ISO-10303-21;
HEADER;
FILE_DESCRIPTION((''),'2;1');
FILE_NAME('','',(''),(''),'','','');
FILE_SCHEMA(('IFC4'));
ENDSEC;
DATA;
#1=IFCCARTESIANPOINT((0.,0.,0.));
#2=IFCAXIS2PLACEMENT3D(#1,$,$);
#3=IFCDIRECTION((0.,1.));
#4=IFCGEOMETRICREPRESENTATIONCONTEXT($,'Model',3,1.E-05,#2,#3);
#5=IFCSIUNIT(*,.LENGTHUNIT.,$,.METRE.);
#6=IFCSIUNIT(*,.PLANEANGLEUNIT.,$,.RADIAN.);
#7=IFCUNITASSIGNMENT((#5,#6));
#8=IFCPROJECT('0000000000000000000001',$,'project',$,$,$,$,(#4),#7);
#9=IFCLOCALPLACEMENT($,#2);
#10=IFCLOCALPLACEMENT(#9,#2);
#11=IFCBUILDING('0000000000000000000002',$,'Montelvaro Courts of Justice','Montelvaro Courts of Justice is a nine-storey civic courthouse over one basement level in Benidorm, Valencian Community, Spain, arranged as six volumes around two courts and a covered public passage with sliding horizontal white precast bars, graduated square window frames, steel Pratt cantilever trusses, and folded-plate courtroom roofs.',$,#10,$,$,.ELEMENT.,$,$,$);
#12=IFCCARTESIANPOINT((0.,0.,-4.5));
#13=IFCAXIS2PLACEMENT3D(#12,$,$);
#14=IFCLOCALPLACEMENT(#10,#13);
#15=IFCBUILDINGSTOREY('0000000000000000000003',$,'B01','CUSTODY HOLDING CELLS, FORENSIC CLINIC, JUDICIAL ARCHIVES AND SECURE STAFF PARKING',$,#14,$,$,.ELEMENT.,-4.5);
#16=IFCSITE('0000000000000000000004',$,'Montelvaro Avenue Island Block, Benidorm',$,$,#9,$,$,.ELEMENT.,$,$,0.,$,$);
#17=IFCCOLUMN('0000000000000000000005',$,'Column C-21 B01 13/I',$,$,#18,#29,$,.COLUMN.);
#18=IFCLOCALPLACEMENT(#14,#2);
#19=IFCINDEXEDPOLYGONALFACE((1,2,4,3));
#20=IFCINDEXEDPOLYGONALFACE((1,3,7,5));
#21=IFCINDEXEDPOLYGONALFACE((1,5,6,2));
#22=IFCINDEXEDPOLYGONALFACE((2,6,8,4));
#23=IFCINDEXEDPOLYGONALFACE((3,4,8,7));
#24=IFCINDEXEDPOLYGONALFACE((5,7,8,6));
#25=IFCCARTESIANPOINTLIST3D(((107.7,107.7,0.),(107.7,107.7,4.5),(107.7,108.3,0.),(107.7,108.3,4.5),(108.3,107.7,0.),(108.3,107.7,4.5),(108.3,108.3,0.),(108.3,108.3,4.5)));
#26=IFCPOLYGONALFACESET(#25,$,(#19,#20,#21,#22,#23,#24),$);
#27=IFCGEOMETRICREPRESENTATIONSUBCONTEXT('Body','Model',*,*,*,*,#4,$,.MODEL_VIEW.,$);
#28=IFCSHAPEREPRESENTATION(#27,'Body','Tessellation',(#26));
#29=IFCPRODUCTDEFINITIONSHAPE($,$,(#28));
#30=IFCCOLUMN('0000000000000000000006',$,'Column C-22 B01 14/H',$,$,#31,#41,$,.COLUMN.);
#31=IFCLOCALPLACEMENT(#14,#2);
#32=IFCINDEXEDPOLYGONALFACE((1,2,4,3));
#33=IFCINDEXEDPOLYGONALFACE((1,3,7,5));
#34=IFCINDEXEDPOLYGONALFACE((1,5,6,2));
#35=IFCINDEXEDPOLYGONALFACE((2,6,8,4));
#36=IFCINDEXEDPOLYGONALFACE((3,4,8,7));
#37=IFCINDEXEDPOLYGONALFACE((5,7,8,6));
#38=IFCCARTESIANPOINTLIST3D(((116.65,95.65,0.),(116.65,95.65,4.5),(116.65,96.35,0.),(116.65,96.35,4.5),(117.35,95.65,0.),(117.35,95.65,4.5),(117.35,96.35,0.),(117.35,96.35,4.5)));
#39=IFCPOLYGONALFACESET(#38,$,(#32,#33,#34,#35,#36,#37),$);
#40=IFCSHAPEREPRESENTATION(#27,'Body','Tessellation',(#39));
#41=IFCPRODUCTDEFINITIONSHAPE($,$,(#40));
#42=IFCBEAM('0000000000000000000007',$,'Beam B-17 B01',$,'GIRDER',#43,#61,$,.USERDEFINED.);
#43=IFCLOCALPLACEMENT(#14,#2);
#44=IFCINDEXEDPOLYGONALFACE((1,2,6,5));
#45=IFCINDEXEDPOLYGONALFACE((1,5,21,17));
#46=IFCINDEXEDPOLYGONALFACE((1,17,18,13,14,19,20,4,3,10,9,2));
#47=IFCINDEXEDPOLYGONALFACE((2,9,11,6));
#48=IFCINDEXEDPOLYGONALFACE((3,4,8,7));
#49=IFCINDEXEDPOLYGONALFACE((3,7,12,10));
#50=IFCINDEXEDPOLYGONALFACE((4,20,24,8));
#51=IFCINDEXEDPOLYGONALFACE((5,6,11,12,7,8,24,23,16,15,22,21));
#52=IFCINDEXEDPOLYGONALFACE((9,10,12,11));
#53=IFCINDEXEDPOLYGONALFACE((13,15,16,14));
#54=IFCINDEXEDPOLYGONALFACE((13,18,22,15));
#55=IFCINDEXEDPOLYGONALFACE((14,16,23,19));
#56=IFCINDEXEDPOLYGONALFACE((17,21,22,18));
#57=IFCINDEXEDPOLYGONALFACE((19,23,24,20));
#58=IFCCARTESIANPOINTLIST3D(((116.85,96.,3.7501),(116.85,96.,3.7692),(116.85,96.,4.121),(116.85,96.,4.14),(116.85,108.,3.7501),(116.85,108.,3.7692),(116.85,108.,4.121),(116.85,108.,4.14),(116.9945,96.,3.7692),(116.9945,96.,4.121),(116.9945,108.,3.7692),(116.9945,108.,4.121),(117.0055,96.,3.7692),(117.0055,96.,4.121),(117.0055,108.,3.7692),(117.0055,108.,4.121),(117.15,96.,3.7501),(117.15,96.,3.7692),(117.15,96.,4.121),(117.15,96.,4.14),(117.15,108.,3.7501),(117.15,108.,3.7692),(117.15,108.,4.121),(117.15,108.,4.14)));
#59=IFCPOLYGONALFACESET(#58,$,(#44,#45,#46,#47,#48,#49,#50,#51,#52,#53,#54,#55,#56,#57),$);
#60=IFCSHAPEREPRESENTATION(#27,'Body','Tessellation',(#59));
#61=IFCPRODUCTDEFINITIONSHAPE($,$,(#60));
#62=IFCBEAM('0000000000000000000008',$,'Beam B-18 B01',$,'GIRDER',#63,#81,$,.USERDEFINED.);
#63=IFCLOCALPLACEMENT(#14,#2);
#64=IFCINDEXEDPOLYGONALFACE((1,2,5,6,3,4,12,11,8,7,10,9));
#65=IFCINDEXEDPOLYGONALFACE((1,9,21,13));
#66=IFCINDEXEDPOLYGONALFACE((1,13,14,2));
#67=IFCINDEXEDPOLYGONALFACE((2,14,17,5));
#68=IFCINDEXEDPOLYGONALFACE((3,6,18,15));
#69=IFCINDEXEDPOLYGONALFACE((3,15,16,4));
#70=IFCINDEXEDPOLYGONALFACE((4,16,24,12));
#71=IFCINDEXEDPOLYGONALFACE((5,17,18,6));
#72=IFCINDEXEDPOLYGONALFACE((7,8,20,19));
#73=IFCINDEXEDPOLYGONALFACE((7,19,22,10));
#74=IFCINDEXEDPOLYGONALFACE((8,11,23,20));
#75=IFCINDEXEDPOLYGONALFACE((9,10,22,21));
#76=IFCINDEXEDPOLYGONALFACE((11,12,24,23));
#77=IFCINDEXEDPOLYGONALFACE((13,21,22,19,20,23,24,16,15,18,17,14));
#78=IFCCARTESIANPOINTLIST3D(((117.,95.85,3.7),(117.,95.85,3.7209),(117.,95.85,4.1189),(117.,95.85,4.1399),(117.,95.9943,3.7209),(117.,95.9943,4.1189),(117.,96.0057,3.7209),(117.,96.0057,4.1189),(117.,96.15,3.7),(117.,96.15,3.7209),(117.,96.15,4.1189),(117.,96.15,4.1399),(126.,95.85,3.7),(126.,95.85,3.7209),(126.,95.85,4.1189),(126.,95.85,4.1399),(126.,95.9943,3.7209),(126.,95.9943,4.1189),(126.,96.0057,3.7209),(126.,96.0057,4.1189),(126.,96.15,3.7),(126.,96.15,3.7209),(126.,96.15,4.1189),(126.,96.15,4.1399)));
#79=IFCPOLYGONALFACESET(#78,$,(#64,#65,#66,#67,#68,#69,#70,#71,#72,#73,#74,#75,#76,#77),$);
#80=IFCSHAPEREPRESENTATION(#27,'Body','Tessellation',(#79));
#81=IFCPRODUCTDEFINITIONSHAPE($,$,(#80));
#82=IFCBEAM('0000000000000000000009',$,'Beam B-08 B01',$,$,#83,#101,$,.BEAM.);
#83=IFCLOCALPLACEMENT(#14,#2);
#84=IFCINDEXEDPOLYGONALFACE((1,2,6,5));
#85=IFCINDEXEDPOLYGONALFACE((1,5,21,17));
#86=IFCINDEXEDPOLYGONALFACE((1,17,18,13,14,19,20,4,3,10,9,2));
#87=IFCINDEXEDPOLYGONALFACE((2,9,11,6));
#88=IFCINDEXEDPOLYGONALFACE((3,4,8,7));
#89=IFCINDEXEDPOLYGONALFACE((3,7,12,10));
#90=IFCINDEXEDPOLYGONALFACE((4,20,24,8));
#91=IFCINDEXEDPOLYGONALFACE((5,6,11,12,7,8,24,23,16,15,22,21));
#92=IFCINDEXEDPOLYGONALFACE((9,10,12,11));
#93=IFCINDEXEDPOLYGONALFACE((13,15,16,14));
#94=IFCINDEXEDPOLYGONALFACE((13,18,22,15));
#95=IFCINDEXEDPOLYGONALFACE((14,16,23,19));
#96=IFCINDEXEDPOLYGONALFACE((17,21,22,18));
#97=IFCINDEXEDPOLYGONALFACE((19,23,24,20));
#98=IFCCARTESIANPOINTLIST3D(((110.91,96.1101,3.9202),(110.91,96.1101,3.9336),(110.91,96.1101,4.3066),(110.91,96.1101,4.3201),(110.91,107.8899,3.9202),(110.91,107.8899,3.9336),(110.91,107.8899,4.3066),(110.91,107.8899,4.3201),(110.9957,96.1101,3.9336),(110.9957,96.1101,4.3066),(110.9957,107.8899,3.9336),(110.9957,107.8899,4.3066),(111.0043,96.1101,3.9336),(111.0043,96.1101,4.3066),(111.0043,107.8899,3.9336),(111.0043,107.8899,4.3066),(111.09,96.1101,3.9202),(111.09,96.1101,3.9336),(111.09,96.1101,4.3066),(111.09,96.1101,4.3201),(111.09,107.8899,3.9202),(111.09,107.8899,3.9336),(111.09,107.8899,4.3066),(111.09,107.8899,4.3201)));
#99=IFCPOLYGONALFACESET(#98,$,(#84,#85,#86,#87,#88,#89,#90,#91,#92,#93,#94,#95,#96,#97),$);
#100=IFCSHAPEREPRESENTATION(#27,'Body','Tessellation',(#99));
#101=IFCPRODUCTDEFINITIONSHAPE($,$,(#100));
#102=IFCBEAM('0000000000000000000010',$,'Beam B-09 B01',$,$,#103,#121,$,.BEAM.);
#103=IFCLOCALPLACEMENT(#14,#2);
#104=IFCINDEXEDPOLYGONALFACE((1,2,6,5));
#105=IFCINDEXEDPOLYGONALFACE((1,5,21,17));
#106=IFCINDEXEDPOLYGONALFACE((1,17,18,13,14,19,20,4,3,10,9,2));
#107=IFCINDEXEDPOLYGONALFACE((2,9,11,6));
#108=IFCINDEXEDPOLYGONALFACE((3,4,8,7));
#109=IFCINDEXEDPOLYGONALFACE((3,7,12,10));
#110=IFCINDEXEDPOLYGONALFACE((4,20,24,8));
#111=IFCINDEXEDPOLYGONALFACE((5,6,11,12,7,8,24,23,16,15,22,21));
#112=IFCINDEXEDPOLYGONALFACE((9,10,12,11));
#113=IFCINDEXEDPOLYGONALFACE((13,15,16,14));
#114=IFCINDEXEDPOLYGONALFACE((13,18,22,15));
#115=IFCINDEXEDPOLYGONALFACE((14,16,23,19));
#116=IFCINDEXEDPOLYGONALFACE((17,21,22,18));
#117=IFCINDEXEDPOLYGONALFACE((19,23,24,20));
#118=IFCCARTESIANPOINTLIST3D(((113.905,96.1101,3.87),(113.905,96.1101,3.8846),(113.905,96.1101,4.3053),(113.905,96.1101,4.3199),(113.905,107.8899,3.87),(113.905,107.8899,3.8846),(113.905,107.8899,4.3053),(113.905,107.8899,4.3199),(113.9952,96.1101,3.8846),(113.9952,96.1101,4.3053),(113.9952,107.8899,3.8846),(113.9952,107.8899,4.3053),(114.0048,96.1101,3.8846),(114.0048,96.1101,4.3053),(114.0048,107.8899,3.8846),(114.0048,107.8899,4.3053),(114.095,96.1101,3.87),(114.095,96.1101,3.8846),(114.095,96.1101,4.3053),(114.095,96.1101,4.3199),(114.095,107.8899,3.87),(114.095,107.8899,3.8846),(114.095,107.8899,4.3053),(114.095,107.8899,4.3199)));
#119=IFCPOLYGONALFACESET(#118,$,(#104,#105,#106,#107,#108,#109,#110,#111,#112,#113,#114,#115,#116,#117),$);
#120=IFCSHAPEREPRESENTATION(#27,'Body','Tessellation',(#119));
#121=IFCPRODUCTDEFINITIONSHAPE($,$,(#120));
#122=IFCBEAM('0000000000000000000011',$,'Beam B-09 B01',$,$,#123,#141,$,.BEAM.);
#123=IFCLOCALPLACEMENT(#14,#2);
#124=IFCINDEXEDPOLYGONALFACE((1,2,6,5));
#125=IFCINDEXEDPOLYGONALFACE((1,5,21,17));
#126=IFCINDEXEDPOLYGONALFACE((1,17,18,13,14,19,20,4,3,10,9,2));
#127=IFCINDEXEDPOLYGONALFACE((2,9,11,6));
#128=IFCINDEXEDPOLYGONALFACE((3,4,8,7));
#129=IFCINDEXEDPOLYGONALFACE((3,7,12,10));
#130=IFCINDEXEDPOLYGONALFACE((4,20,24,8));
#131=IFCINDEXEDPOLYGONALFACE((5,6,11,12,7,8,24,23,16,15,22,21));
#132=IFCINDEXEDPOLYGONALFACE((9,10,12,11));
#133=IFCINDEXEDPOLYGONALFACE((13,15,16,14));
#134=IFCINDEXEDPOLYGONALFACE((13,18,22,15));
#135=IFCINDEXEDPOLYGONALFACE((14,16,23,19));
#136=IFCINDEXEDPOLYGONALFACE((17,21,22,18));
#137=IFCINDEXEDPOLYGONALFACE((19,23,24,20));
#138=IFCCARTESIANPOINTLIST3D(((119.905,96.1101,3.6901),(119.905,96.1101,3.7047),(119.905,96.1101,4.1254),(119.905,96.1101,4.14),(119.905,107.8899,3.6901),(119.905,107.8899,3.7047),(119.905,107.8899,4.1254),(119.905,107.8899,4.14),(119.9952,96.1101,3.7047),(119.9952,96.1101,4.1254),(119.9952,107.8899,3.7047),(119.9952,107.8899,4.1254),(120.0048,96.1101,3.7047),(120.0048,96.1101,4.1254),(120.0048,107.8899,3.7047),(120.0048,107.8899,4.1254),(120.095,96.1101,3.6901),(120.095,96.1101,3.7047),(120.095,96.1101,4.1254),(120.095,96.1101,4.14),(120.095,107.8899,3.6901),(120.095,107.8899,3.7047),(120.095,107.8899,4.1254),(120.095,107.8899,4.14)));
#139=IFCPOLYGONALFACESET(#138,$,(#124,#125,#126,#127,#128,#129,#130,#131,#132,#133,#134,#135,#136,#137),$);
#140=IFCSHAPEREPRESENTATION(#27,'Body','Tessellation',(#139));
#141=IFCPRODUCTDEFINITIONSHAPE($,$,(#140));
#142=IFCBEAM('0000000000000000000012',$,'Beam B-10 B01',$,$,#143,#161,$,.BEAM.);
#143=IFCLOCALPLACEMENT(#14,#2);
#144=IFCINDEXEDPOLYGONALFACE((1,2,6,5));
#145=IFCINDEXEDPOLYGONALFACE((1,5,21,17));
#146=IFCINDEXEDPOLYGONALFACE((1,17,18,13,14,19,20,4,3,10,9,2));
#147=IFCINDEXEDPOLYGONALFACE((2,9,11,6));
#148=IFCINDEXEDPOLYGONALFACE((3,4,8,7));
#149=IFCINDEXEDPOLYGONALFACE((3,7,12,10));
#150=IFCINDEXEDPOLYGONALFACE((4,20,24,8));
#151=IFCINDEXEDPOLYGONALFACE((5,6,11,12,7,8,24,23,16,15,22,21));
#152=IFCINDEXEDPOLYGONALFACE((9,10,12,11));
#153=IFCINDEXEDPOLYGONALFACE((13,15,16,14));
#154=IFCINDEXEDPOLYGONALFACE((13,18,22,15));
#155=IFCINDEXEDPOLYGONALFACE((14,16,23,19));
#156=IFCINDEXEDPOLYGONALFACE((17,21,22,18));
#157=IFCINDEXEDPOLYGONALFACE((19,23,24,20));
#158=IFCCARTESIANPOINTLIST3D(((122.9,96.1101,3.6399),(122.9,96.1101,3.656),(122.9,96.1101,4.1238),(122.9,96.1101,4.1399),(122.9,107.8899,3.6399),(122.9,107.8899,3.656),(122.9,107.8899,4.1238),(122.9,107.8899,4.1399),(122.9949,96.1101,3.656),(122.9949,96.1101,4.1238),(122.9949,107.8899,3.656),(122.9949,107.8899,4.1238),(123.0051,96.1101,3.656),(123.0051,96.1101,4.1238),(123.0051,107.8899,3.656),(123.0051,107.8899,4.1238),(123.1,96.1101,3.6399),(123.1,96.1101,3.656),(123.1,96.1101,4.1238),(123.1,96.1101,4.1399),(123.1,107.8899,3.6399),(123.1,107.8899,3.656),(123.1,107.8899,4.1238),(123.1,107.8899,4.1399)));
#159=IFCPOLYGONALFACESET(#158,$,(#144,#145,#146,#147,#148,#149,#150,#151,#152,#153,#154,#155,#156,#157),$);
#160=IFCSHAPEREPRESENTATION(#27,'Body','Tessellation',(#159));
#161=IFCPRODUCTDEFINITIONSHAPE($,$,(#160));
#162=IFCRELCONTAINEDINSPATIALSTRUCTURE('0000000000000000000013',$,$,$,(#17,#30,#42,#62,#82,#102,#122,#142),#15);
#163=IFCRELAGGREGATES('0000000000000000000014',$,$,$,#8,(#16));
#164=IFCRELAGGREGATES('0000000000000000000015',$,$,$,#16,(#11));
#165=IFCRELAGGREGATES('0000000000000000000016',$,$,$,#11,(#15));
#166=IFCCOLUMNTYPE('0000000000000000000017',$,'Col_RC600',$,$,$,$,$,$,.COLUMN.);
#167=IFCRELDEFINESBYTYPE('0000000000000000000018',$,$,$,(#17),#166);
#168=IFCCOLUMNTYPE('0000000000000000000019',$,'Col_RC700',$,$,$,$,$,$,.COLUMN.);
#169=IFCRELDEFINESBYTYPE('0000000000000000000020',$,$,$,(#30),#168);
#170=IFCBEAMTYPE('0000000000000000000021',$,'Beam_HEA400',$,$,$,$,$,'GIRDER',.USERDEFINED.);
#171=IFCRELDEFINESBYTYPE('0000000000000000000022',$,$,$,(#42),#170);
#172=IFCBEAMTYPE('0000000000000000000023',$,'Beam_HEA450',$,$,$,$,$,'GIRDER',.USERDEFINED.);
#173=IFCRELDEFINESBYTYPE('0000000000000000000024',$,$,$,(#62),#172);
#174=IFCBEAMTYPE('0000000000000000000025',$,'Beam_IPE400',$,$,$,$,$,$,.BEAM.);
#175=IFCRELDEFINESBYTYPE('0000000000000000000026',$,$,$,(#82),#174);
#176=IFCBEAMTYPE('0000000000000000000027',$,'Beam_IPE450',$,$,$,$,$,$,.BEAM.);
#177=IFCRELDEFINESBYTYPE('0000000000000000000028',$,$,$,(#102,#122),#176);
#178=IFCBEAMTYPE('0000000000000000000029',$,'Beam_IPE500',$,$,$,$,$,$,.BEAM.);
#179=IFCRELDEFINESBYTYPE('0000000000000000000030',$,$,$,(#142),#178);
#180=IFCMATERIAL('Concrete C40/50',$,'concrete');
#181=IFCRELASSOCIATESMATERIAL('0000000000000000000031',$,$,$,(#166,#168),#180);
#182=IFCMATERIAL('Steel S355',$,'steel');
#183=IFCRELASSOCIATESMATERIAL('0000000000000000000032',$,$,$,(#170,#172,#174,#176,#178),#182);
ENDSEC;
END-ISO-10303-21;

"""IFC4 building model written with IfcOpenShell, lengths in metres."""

from ifc_helpers import new_model, si_unit, direction, frame, origin, origin_2d, place, context, subcontext, project, spatial, rectangle, i_section, extrude, material, material_profile, profile_set, type_object, element, save


model = new_model("IFC4")

# Units and contexts
model_context = context("Model", 3, precision=1e-05, world=origin(), true_north=direction((0.0, 1.0)))
body_context = subcontext(model_context, "Body", "Model", "MODEL_VIEW")
ifc_project = project(units=[si_unit("LENGTHUNIT", "METRE"), si_unit("PLANEANGLEUNIT", "RADIAN")], contexts=[model_context])

# Site, building, storey
site_placement = place(None, origin())
site = spatial("IfcSite", under=ifc_project, at=site_placement, Name="Montelvaro Avenue Island Block, Benidorm", CompositionType="ELEMENT", RefElevation=0.0)
building_placement = place(site_placement, origin())
building = spatial("IfcBuilding", under=site, at=building_placement, Name="Montelvaro Courts of Justice", Description="Montelvaro Courts of Justice is a nine-storey civic courthouse over one basement level in Benidorm, Valencian Community, Spain, arranged as six volumes around two courts and a covered public passage with sliding horizontal white precast bars, graduated square window frames, steel Pratt cantilever trusses, and folded-plate courtroom roofs.", CompositionType="ELEMENT")
storey_placement = place(building_placement, frame((0.0, 0.0, -4.5)))
storey = spatial("IfcBuildingStorey", under=building, at=storey_placement, Name="B01", Description="CUSTODY HOLDING CELLS, FORENSIC CLINIC, JUDICIAL ARCHIVES AND SECURE STAFF PARKING", CompositionType="ELEMENT", Elevation=-4.5)

# Columns
ifc_material_1 = material(Name="Concrete C40/50", Category="concrete")
ifc_material_profile_1 = material_profile(ifc_material_1, rectangle(XDim=0.6001, YDim=0.6001, at=origin_2d()), Name="RC 600x600")
ifc_profile_set_1 = profile_set([ifc_material_profile_1], Name="Concrete C40/50")
column_type_1 = type_object("IfcColumnType", Name="Col_RC600", PredefinedType="COLUMN", material=ifc_profile_set_1)
column_1_placement = place(storey_placement, frame((108.0, 108.0, 0.0), z_axis=(0.0, 0.0, 1.0), x_axis=(1.0, 0.0, 0.0)))
element("IfcColumn", 1, at=column_1_placement, inside=storey, type_object=column_type_1, Name="Column C-21 B01 13/I", PredefinedType="COLUMN", context=body_context, shape_type="SweptSolid", body=[
    extrude(rectangle(XDim=0.6001, YDim=0.6001, at=origin_2d()), origin(), (0.0, 0.0, 1.0), 4.5),
])
ifc_material_profile_2 = material_profile(ifc_material_1, rectangle(XDim=0.7, YDim=0.7, at=origin_2d()), Name="RC 700x700")
ifc_profile_set_2 = profile_set([ifc_material_profile_2], Name="Concrete C40/50")
column_type_2 = type_object("IfcColumnType", Name="Col_RC700", PredefinedType="COLUMN", material=ifc_profile_set_2)
column_2_placement = place(storey_placement, frame((117.0, 96.0, 0.0), z_axis=(0.0, 0.0, 1.0), x_axis=(1.0, 0.0, 0.0)))
element("IfcColumn", 2, at=column_2_placement, inside=storey, type_object=column_type_2, Name="Column C-22 B01 14/H", PredefinedType="COLUMN", context=body_context, shape_type="SweptSolid", body=[
    extrude(rectangle(XDim=0.7, YDim=0.7, at=origin_2d()), origin(), (0.0, 0.0, 1.0), 4.5),
])

# Beams
ifc_material_2 = material(Name="Steel S355", Category="steel")
ifc_material_profile_3 = material_profile(ifc_material_2, i_section(OverallWidth=0.3, OverallDepth=0.3899, WebThickness=0.011, FlangeThickness=0.019, at=origin_2d()), Name="HEA 400")
ifc_profile_set_3 = profile_set([ifc_material_profile_3], Name="Steel S355")
beam_type_1 = type_object("IfcBeamType", Name="Beam_HEA400", ElementType="GIRDER", PredefinedType="USERDEFINED", material=ifc_profile_set_3)
beam_1_placement = place(storey_placement, frame((117.0, 96.0, 3.9451), z_axis=(0.0, 1.0, 0.0), x_axis=(-1.0, 0.0, 0.0)))
element("IfcBeam", 3, at=beam_1_placement, inside=storey, type_object=beam_type_1, Name="Beam B-17 B01", ObjectType="GIRDER", PredefinedType="USERDEFINED", context=body_context, shape_type="SweptSolid", body=[
    extrude(i_section(OverallWidth=0.3, OverallDepth=0.3899, WebThickness=0.011, FlangeThickness=0.019, at=origin_2d()), origin(), (0.0, 0.0, 1.0), 12.0),
])
ifc_material_profile_4 = material_profile(ifc_material_2, i_section(OverallWidth=0.3, OverallDepth=0.4399, WebThickness=0.0115, FlangeThickness=0.021, at=origin_2d()), Name="HEA 450")
ifc_profile_set_4 = profile_set([ifc_material_profile_4], Name="Steel S355")
beam_type_2 = type_object("IfcBeamType", Name="Beam_HEA450", ElementType="GIRDER", PredefinedType="USERDEFINED", material=ifc_profile_set_4)
beam_2_placement = place(storey_placement, frame((117.0, 96.0, 3.9199), z_axis=(1.0, 0.0, 0.0), x_axis=(0.0, 1.0, 0.0)))
element("IfcBeam", 4, at=beam_2_placement, inside=storey, type_object=beam_type_2, Name="Beam B-18 B01", ObjectType="GIRDER", PredefinedType="USERDEFINED", context=body_context, shape_type="SweptSolid", body=[
    extrude(i_section(OverallWidth=0.3, OverallDepth=0.4399, WebThickness=0.0115, FlangeThickness=0.021, at=origin_2d()), origin(), (0.0, 0.0, 1.0), 9.0),
])
ifc_material_profile_5 = material_profile(ifc_material_2, i_section(OverallWidth=0.1799, OverallDepth=0.3999, WebThickness=0.0085, FlangeThickness=0.0134, at=origin_2d()), Name="IPE 400")
ifc_profile_set_5 = profile_set([ifc_material_profile_5], Name="Steel S355")
beam_type_3 = type_object("IfcBeamType", Name="Beam_IPE400", PredefinedType="BEAM", material=ifc_profile_set_5)
beam_3_placement = place(storey_placement, frame((111.0, 96.1101, 4.1201), z_axis=(0.0, 1.0, 0.0), x_axis=(-1.0, 0.0, 0.0)))
element("IfcBeam", 5, at=beam_3_placement, inside=storey, type_object=beam_type_3, Name="Beam B-08 B01", PredefinedType="BEAM", context=body_context, shape_type="SweptSolid", body=[
    extrude(i_section(OverallWidth=0.1799, OverallDepth=0.3999, WebThickness=0.0085, FlangeThickness=0.0134, at=origin_2d()), origin(), (0.0, 0.0, 1.0), 11.7798),
])
ifc_material_profile_6 = material_profile(ifc_material_2, i_section(OverallWidth=0.1899, OverallDepth=0.45, WebThickness=0.0095, FlangeThickness=0.0146, at=origin_2d()), Name="IPE 450")
ifc_profile_set_6 = profile_set([ifc_material_profile_6], Name="Steel S355")
beam_type_4 = type_object("IfcBeamType", Name="Beam_IPE450", PredefinedType="BEAM", material=ifc_profile_set_6)
for number, where, z_axis, x_axis, name in (
    (6, (114.0, 96.1101, 4.095), (0.0, 1.0, 0.0), (-1.0, 0.0, 0.0), "Beam B-09 B01"),
    (7, (120.0, 96.1101, 3.915), (0.0, 1.0, 0.0), (-1.0, 0.0, 0.0), "Beam B-09 B01"),
):
    element("IfcBeam", number, at=place(storey_placement, frame(where, z_axis=z_axis, x_axis=x_axis)), inside=storey, type_object=beam_type_4, Name=name, PredefinedType="BEAM", context=body_context, shape_type="SweptSolid", body=[
        extrude(i_section(OverallWidth=0.1899, OverallDepth=0.45, WebThickness=0.0095, FlangeThickness=0.0146, at=origin_2d()), origin(), (0.0, 0.0, 1.0), 11.7798),
    ])
ifc_material_profile_7 = material_profile(ifc_material_2, i_section(OverallWidth=0.2, OverallDepth=0.5, WebThickness=0.0103, FlangeThickness=0.0161, at=origin_2d()), Name="IPE 500")
ifc_profile_set_7 = profile_set([ifc_material_profile_7], Name="Steel S355")
beam_type_5 = type_object("IfcBeamType", Name="Beam_IPE500", PredefinedType="BEAM", material=ifc_profile_set_7)
beam_4_placement = place(storey_placement, frame((123.0, 96.1101, 3.8899), z_axis=(0.0, 1.0, 0.0), x_axis=(-1.0, 0.0, 0.0)))
element("IfcBeam", 8, at=beam_4_placement, inside=storey, type_object=beam_type_5, Name="Beam B-10 B01", PredefinedType="BEAM", context=body_context, shape_type="SweptSolid", body=[
    extrude(i_section(OverallWidth=0.2, OverallDepth=0.5, WebThickness=0.0103, FlangeThickness=0.0161, at=origin_2d()), origin(), (0.0, 0.0, 1.0), 11.7798),
])

save(model, "model.ifc")
